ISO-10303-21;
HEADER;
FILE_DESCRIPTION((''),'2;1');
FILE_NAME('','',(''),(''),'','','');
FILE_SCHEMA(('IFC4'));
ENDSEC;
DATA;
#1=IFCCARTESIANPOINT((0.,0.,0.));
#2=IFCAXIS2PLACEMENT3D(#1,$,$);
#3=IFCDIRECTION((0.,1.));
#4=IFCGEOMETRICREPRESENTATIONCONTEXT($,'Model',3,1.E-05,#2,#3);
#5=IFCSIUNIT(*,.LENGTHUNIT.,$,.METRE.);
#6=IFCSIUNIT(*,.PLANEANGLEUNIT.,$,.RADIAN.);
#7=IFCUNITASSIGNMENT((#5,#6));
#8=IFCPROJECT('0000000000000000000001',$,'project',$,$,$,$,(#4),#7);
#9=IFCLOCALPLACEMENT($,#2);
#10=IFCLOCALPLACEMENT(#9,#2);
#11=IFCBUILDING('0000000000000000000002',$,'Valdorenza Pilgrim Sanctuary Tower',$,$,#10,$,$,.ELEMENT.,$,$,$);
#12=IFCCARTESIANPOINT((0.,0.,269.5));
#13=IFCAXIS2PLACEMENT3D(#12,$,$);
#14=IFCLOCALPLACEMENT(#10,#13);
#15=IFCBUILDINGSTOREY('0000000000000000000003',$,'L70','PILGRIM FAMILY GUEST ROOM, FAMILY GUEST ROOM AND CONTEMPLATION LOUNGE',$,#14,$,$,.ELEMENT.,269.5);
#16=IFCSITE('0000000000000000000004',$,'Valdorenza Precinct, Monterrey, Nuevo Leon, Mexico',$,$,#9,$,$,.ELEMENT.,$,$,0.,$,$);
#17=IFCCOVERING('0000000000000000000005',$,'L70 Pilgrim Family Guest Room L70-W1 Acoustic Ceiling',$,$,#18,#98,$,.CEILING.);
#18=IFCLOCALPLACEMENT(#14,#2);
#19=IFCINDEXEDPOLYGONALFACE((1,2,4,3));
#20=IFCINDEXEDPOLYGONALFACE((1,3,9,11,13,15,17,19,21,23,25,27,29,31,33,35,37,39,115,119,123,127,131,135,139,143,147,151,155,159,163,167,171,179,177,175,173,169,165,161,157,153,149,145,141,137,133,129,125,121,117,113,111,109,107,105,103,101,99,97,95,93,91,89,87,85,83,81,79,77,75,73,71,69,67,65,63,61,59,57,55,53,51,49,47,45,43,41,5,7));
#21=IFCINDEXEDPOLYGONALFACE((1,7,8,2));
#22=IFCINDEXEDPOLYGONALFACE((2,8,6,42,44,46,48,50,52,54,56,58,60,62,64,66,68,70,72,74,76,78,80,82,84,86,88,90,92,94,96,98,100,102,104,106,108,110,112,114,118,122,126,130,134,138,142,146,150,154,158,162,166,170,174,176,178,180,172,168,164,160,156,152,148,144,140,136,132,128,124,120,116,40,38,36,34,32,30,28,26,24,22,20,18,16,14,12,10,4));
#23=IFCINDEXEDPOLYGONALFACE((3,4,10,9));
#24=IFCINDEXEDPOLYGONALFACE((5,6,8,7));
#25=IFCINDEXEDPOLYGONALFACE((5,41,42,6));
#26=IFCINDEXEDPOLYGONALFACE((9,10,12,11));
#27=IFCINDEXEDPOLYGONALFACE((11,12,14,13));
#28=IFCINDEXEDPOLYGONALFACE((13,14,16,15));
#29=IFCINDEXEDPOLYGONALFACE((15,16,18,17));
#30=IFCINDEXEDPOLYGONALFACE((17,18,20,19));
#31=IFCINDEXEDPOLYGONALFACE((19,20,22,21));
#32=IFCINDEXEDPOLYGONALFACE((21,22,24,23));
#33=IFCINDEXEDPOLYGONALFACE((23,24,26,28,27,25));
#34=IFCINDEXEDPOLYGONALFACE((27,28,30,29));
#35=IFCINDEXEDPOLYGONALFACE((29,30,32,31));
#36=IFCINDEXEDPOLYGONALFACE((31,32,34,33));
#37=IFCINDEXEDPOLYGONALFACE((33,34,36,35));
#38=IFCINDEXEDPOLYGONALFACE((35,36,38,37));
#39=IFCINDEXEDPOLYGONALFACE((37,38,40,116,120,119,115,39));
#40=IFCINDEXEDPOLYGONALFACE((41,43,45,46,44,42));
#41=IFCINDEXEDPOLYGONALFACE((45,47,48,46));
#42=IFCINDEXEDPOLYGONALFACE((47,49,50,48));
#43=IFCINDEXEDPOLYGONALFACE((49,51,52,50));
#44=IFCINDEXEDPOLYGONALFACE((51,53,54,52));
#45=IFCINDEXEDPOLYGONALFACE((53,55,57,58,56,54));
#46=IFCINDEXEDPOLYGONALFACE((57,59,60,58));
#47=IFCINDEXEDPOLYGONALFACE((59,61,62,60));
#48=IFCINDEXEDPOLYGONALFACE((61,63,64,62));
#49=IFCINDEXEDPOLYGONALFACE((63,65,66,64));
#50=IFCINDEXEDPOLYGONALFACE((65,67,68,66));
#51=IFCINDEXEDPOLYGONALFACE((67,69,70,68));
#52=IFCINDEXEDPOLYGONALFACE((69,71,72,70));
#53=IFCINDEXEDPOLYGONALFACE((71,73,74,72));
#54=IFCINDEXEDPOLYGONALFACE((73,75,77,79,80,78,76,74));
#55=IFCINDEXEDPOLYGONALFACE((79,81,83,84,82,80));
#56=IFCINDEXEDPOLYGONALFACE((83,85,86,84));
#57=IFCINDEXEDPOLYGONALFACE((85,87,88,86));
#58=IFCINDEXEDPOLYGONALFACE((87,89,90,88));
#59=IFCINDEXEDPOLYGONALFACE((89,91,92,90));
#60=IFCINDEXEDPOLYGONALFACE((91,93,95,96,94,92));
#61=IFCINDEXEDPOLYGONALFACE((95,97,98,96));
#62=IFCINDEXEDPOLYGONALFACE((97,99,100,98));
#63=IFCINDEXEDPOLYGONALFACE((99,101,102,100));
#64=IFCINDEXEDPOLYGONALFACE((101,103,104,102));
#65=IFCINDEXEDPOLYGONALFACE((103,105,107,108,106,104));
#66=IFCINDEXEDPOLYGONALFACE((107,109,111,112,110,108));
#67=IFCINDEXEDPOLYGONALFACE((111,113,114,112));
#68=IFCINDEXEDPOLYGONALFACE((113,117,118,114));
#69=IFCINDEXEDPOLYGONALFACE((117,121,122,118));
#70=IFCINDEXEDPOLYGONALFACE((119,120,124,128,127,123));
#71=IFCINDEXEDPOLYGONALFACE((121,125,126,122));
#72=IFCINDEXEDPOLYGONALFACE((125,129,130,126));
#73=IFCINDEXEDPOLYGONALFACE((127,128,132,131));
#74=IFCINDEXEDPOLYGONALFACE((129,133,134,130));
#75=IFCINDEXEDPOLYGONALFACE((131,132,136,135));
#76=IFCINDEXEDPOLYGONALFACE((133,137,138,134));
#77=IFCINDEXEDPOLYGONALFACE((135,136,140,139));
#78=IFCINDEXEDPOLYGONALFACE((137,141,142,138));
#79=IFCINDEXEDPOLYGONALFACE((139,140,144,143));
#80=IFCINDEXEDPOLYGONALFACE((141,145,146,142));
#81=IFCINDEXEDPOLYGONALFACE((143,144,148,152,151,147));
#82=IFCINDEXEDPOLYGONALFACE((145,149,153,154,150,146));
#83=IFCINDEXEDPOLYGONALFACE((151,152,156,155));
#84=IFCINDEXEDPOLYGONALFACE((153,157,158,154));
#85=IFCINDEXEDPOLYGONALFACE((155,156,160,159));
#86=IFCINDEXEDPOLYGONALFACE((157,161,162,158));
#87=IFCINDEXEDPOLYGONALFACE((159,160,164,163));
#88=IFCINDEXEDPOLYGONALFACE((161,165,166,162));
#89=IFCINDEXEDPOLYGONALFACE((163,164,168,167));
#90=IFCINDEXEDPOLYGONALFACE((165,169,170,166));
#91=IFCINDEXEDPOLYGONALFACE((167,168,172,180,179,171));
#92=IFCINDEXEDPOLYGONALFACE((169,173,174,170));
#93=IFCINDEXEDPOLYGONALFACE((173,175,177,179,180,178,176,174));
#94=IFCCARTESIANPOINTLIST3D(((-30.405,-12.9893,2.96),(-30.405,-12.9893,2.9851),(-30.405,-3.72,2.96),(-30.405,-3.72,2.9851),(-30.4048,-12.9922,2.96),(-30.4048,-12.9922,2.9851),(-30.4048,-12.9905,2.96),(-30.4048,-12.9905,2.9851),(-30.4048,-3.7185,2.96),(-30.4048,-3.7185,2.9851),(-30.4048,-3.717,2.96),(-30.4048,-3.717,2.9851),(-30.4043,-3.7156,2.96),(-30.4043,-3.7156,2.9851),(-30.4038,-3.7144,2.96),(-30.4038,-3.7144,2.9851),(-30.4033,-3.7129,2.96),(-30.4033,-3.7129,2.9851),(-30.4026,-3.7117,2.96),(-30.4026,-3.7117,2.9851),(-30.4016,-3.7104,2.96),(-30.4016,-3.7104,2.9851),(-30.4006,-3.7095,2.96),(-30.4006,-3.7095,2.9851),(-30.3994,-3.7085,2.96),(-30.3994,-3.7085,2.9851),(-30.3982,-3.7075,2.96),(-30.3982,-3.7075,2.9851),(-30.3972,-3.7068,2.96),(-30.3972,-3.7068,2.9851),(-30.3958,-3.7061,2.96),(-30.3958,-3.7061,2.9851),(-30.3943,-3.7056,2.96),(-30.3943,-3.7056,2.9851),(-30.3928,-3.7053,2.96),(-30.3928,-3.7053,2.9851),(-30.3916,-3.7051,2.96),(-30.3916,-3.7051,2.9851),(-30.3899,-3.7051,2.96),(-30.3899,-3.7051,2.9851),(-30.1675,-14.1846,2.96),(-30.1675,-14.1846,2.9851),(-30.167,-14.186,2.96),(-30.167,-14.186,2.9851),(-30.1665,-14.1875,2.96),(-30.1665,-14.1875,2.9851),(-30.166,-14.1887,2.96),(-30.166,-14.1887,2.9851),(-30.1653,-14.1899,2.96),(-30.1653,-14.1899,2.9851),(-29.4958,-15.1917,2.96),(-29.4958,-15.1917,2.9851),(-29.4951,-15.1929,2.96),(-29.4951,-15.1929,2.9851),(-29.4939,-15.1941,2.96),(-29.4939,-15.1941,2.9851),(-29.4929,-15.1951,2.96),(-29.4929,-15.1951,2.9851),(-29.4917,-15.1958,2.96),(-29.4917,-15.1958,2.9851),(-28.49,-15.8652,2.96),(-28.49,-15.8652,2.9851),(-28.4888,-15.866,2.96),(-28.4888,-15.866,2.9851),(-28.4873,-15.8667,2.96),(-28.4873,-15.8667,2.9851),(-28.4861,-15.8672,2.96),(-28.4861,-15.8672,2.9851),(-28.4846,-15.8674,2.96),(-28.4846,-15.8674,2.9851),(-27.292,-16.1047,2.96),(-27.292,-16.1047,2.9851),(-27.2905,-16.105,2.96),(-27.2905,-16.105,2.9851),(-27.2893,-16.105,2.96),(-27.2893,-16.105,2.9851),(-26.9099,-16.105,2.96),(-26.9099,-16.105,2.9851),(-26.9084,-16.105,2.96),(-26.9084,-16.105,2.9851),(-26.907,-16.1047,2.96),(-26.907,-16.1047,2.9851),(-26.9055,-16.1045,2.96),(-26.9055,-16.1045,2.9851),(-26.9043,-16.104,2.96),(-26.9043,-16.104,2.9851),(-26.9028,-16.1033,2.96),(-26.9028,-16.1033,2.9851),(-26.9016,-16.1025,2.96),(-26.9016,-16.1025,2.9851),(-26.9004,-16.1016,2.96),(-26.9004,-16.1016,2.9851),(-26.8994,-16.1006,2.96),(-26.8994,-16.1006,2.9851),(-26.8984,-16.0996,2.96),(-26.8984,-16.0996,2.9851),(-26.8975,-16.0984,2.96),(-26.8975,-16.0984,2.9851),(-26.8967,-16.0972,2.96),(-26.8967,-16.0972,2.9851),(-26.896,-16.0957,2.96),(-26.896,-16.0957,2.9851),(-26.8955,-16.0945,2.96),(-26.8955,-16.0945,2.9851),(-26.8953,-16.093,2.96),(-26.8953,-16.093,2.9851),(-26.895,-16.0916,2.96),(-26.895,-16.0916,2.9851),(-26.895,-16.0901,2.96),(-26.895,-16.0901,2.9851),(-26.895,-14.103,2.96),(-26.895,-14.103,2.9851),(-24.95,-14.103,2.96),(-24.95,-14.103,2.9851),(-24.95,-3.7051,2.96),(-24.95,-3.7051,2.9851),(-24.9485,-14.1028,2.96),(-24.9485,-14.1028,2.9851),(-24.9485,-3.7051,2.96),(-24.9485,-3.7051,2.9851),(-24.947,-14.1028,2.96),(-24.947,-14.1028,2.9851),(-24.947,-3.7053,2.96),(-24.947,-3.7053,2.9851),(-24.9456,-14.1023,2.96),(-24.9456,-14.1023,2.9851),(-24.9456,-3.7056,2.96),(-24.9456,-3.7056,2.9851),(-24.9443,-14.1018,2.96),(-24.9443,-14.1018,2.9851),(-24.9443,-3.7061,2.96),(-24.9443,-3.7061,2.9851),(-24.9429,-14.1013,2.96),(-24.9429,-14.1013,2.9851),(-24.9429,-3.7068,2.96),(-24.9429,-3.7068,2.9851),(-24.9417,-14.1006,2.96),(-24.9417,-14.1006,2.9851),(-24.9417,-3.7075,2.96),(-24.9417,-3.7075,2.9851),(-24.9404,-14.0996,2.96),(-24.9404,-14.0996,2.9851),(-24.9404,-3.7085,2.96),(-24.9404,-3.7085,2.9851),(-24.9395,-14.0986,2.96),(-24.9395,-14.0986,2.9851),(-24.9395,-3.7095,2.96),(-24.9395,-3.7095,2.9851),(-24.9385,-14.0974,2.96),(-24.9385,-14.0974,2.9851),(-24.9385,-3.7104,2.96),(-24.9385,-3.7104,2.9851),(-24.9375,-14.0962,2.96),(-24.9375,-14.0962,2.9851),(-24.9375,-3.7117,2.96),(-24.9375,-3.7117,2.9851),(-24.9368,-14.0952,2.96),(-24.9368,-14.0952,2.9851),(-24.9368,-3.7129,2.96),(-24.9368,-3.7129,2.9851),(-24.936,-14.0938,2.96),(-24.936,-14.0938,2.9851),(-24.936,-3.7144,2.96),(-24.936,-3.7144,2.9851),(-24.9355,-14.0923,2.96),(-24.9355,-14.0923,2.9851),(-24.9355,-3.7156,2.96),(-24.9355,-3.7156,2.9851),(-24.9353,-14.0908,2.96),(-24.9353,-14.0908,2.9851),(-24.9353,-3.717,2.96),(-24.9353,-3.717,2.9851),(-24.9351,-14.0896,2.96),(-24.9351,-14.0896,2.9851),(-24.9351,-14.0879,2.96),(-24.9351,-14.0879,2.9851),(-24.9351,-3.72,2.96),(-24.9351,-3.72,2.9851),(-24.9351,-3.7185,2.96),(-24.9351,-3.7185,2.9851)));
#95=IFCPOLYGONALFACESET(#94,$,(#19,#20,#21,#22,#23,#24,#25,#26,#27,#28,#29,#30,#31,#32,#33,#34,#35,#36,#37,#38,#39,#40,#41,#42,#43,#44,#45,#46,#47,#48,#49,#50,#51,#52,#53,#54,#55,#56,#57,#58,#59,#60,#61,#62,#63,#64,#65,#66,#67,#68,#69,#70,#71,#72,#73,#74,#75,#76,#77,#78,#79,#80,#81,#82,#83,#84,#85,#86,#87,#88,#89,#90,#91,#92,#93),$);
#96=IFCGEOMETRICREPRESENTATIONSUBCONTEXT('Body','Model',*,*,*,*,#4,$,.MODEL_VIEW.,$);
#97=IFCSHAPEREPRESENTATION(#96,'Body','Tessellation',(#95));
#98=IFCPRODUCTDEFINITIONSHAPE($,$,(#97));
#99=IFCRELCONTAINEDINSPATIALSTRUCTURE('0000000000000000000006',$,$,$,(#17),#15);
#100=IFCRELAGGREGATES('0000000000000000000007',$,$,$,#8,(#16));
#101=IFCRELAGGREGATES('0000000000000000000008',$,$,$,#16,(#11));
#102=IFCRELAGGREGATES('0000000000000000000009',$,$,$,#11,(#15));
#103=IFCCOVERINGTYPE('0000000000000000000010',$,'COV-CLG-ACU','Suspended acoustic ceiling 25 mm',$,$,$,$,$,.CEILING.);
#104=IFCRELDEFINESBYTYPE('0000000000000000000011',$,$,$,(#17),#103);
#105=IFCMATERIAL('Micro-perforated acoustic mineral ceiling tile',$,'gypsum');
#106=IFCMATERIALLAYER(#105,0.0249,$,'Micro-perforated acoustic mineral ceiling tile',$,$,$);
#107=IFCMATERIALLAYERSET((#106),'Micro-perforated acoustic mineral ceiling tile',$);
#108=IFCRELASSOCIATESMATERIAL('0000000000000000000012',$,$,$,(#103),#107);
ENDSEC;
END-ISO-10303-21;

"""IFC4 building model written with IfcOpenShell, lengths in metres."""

from ifc_helpers import new_model, si_unit, direction, frame, origin, place, context, subcontext, project, spatial, polyline, outline, extrude, material, layer, layer_set, type_object, element, save


model = new_model("IFC4")

# Units and contexts
model_context = context("Model", 3, precision=1e-05, world=origin(), true_north=direction((0.0, 1.0)))
body_context = subcontext(model_context, "Body", "Model", "MODEL_VIEW")
ifc_project = project(units=[si_unit("LENGTHUNIT", "METRE"), si_unit("PLANEANGLEUNIT", "RADIAN")], contexts=[model_context])

# Site, building, storey
site_placement = place(None, origin())
site = spatial("IfcSite", under=ifc_project, at=site_placement, Name="Valdorenza Precinct, Monterrey, Nuevo Leon, Mexico", CompositionType="ELEMENT", RefElevation=0.0)
building_placement = place(site_placement, origin())
building = spatial("IfcBuilding", under=site, at=building_placement, Name="Valdorenza Pilgrim Sanctuary Tower", CompositionType="ELEMENT")
storey_placement = place(building_placement, frame((0.0, 0.0, 269.5)))
storey = spatial("IfcBuildingStorey", under=building, at=storey_placement, Name="L70", Description="PILGRIM FAMILY GUEST ROOM, FAMILY GUEST ROOM AND CONTEMPLATION LOUNGE", CompositionType="ELEMENT", Elevation=269.5)

# Covering
ifc_material_1 = material(Name="Micro-perforated acoustic mineral ceiling tile", Category="gypsum")
ifc_layer_1 = layer(ifc_material_1, 0.0249, Name="Micro-perforated acoustic mineral ceiling tile")
ifc_layer_set_1 = layer_set([ifc_layer_1], Name="Micro-perforated acoustic mineral ceiling tile")
covering_type_1 = type_object("IfcCoveringType", Name="COV-CLG-ACU", Description="Suspended acoustic ceiling 25 mm", PredefinedType="CEILING", material=ifc_layer_set_1)
covering_1_placement = place(storey_placement, frame((0.0, 0.0, 2.96)))
element("IfcCovering", 1, at=covering_1_placement, inside=storey, type_object=covering_type_1, Name="L70 Pilgrim Family Guest Room L70-W1 Acoustic Ceiling", PredefinedType="CEILING", context=body_context, shape_type="SweptSolid", body=[
    extrude(outline(polyline([(-30.405, -3.72), (-30.4048, -3.7185), (-30.4048, -3.717), (-30.4043, -3.7156), (-30.4038, -3.7144), (-30.4033, -3.7129), (-30.4026, -3.7117), (-30.4016, -3.7104), (-30.4006, -3.7095), (-30.3994, -3.7085), (-30.3982, -3.7075), (-30.3972, -3.7068), (-30.3958, -3.7061), (-30.3943, -3.7056), (-30.3928, -3.7053), (-30.3916, -3.7051), (-30.3899, -3.7051), (-24.95, -3.7051), (-24.9485, -3.7051), (-24.947, -3.7053), (-24.9456, -3.7056), (-24.9443, -3.7061), (-24.9429, -3.7068), (-24.9417, -3.7075), (-24.9404, -3.7085), (-24.9395, -3.7095), (-24.9385, -3.7104), (-24.9375, -3.7117), (-24.9368, -3.7129), (-24.936, -3.7144), (-24.9355, -3.7156), (-24.9353, -3.717), (-24.9351, -3.7185), (-24.9351, -3.72), (-24.9351, -14.0879), (-24.9351, -14.0896), (-24.9353, -14.0908), (-24.9355, -14.0923), (-24.936, -14.0938), (-24.9368, -14.0952), (-24.9375, -14.0962), (-24.9385, -14.0974), (-24.9395, -14.0986), (-24.9404, -14.0996), (-24.9417, -14.1006), (-24.9429, -14.1013), (-24.9443, -14.1018), (-24.9456, -14.1023), (-24.947, -14.1028), (-24.9485, -14.1028), (-24.95, -14.103), (-26.895, -14.103), (-26.895, -16.0901), (-26.895, -16.0916), (-26.8953, -16.093), (-26.8955, -16.0945), (-26.896, -16.0957), (-26.8967, -16.0972), (-26.8975, -16.0984), (-26.8984, -16.0996), (-26.8994, -16.1006), (-26.9004, -16.1016), (-26.9016, -16.1025), (-26.9028, -16.1033), (-26.9043, -16.104), (-26.9055, -16.1045), (-26.907, -16.1047), (-26.9084, -16.105), (-26.9099, -16.105), (-27.2893, -16.105), (-27.2905, -16.105), (-27.292, -16.1047), (-28.4846, -15.8674), (-28.4861, -15.8672), (-28.4873, -15.8667), (-28.4888, -15.866), (-28.49, -15.8652), (-29.4917, -15.1958), (-29.4929, -15.1951), (-29.4939, -15.1941), (-29.4951, -15.1929), (-29.4958, -15.1917), (-30.1653, -14.1899), (-30.166, -14.1887), (-30.1665, -14.1875), (-30.167, -14.186), (-30.1675, -14.1846), (-30.4048, -12.9922), (-30.4048, -12.9905), (-30.405, -12.9893), (-30.405, -3.72)])), origin(), (0.0, 0.0, 1.0), 0.0251),
])

save(model, "model.ifc")
